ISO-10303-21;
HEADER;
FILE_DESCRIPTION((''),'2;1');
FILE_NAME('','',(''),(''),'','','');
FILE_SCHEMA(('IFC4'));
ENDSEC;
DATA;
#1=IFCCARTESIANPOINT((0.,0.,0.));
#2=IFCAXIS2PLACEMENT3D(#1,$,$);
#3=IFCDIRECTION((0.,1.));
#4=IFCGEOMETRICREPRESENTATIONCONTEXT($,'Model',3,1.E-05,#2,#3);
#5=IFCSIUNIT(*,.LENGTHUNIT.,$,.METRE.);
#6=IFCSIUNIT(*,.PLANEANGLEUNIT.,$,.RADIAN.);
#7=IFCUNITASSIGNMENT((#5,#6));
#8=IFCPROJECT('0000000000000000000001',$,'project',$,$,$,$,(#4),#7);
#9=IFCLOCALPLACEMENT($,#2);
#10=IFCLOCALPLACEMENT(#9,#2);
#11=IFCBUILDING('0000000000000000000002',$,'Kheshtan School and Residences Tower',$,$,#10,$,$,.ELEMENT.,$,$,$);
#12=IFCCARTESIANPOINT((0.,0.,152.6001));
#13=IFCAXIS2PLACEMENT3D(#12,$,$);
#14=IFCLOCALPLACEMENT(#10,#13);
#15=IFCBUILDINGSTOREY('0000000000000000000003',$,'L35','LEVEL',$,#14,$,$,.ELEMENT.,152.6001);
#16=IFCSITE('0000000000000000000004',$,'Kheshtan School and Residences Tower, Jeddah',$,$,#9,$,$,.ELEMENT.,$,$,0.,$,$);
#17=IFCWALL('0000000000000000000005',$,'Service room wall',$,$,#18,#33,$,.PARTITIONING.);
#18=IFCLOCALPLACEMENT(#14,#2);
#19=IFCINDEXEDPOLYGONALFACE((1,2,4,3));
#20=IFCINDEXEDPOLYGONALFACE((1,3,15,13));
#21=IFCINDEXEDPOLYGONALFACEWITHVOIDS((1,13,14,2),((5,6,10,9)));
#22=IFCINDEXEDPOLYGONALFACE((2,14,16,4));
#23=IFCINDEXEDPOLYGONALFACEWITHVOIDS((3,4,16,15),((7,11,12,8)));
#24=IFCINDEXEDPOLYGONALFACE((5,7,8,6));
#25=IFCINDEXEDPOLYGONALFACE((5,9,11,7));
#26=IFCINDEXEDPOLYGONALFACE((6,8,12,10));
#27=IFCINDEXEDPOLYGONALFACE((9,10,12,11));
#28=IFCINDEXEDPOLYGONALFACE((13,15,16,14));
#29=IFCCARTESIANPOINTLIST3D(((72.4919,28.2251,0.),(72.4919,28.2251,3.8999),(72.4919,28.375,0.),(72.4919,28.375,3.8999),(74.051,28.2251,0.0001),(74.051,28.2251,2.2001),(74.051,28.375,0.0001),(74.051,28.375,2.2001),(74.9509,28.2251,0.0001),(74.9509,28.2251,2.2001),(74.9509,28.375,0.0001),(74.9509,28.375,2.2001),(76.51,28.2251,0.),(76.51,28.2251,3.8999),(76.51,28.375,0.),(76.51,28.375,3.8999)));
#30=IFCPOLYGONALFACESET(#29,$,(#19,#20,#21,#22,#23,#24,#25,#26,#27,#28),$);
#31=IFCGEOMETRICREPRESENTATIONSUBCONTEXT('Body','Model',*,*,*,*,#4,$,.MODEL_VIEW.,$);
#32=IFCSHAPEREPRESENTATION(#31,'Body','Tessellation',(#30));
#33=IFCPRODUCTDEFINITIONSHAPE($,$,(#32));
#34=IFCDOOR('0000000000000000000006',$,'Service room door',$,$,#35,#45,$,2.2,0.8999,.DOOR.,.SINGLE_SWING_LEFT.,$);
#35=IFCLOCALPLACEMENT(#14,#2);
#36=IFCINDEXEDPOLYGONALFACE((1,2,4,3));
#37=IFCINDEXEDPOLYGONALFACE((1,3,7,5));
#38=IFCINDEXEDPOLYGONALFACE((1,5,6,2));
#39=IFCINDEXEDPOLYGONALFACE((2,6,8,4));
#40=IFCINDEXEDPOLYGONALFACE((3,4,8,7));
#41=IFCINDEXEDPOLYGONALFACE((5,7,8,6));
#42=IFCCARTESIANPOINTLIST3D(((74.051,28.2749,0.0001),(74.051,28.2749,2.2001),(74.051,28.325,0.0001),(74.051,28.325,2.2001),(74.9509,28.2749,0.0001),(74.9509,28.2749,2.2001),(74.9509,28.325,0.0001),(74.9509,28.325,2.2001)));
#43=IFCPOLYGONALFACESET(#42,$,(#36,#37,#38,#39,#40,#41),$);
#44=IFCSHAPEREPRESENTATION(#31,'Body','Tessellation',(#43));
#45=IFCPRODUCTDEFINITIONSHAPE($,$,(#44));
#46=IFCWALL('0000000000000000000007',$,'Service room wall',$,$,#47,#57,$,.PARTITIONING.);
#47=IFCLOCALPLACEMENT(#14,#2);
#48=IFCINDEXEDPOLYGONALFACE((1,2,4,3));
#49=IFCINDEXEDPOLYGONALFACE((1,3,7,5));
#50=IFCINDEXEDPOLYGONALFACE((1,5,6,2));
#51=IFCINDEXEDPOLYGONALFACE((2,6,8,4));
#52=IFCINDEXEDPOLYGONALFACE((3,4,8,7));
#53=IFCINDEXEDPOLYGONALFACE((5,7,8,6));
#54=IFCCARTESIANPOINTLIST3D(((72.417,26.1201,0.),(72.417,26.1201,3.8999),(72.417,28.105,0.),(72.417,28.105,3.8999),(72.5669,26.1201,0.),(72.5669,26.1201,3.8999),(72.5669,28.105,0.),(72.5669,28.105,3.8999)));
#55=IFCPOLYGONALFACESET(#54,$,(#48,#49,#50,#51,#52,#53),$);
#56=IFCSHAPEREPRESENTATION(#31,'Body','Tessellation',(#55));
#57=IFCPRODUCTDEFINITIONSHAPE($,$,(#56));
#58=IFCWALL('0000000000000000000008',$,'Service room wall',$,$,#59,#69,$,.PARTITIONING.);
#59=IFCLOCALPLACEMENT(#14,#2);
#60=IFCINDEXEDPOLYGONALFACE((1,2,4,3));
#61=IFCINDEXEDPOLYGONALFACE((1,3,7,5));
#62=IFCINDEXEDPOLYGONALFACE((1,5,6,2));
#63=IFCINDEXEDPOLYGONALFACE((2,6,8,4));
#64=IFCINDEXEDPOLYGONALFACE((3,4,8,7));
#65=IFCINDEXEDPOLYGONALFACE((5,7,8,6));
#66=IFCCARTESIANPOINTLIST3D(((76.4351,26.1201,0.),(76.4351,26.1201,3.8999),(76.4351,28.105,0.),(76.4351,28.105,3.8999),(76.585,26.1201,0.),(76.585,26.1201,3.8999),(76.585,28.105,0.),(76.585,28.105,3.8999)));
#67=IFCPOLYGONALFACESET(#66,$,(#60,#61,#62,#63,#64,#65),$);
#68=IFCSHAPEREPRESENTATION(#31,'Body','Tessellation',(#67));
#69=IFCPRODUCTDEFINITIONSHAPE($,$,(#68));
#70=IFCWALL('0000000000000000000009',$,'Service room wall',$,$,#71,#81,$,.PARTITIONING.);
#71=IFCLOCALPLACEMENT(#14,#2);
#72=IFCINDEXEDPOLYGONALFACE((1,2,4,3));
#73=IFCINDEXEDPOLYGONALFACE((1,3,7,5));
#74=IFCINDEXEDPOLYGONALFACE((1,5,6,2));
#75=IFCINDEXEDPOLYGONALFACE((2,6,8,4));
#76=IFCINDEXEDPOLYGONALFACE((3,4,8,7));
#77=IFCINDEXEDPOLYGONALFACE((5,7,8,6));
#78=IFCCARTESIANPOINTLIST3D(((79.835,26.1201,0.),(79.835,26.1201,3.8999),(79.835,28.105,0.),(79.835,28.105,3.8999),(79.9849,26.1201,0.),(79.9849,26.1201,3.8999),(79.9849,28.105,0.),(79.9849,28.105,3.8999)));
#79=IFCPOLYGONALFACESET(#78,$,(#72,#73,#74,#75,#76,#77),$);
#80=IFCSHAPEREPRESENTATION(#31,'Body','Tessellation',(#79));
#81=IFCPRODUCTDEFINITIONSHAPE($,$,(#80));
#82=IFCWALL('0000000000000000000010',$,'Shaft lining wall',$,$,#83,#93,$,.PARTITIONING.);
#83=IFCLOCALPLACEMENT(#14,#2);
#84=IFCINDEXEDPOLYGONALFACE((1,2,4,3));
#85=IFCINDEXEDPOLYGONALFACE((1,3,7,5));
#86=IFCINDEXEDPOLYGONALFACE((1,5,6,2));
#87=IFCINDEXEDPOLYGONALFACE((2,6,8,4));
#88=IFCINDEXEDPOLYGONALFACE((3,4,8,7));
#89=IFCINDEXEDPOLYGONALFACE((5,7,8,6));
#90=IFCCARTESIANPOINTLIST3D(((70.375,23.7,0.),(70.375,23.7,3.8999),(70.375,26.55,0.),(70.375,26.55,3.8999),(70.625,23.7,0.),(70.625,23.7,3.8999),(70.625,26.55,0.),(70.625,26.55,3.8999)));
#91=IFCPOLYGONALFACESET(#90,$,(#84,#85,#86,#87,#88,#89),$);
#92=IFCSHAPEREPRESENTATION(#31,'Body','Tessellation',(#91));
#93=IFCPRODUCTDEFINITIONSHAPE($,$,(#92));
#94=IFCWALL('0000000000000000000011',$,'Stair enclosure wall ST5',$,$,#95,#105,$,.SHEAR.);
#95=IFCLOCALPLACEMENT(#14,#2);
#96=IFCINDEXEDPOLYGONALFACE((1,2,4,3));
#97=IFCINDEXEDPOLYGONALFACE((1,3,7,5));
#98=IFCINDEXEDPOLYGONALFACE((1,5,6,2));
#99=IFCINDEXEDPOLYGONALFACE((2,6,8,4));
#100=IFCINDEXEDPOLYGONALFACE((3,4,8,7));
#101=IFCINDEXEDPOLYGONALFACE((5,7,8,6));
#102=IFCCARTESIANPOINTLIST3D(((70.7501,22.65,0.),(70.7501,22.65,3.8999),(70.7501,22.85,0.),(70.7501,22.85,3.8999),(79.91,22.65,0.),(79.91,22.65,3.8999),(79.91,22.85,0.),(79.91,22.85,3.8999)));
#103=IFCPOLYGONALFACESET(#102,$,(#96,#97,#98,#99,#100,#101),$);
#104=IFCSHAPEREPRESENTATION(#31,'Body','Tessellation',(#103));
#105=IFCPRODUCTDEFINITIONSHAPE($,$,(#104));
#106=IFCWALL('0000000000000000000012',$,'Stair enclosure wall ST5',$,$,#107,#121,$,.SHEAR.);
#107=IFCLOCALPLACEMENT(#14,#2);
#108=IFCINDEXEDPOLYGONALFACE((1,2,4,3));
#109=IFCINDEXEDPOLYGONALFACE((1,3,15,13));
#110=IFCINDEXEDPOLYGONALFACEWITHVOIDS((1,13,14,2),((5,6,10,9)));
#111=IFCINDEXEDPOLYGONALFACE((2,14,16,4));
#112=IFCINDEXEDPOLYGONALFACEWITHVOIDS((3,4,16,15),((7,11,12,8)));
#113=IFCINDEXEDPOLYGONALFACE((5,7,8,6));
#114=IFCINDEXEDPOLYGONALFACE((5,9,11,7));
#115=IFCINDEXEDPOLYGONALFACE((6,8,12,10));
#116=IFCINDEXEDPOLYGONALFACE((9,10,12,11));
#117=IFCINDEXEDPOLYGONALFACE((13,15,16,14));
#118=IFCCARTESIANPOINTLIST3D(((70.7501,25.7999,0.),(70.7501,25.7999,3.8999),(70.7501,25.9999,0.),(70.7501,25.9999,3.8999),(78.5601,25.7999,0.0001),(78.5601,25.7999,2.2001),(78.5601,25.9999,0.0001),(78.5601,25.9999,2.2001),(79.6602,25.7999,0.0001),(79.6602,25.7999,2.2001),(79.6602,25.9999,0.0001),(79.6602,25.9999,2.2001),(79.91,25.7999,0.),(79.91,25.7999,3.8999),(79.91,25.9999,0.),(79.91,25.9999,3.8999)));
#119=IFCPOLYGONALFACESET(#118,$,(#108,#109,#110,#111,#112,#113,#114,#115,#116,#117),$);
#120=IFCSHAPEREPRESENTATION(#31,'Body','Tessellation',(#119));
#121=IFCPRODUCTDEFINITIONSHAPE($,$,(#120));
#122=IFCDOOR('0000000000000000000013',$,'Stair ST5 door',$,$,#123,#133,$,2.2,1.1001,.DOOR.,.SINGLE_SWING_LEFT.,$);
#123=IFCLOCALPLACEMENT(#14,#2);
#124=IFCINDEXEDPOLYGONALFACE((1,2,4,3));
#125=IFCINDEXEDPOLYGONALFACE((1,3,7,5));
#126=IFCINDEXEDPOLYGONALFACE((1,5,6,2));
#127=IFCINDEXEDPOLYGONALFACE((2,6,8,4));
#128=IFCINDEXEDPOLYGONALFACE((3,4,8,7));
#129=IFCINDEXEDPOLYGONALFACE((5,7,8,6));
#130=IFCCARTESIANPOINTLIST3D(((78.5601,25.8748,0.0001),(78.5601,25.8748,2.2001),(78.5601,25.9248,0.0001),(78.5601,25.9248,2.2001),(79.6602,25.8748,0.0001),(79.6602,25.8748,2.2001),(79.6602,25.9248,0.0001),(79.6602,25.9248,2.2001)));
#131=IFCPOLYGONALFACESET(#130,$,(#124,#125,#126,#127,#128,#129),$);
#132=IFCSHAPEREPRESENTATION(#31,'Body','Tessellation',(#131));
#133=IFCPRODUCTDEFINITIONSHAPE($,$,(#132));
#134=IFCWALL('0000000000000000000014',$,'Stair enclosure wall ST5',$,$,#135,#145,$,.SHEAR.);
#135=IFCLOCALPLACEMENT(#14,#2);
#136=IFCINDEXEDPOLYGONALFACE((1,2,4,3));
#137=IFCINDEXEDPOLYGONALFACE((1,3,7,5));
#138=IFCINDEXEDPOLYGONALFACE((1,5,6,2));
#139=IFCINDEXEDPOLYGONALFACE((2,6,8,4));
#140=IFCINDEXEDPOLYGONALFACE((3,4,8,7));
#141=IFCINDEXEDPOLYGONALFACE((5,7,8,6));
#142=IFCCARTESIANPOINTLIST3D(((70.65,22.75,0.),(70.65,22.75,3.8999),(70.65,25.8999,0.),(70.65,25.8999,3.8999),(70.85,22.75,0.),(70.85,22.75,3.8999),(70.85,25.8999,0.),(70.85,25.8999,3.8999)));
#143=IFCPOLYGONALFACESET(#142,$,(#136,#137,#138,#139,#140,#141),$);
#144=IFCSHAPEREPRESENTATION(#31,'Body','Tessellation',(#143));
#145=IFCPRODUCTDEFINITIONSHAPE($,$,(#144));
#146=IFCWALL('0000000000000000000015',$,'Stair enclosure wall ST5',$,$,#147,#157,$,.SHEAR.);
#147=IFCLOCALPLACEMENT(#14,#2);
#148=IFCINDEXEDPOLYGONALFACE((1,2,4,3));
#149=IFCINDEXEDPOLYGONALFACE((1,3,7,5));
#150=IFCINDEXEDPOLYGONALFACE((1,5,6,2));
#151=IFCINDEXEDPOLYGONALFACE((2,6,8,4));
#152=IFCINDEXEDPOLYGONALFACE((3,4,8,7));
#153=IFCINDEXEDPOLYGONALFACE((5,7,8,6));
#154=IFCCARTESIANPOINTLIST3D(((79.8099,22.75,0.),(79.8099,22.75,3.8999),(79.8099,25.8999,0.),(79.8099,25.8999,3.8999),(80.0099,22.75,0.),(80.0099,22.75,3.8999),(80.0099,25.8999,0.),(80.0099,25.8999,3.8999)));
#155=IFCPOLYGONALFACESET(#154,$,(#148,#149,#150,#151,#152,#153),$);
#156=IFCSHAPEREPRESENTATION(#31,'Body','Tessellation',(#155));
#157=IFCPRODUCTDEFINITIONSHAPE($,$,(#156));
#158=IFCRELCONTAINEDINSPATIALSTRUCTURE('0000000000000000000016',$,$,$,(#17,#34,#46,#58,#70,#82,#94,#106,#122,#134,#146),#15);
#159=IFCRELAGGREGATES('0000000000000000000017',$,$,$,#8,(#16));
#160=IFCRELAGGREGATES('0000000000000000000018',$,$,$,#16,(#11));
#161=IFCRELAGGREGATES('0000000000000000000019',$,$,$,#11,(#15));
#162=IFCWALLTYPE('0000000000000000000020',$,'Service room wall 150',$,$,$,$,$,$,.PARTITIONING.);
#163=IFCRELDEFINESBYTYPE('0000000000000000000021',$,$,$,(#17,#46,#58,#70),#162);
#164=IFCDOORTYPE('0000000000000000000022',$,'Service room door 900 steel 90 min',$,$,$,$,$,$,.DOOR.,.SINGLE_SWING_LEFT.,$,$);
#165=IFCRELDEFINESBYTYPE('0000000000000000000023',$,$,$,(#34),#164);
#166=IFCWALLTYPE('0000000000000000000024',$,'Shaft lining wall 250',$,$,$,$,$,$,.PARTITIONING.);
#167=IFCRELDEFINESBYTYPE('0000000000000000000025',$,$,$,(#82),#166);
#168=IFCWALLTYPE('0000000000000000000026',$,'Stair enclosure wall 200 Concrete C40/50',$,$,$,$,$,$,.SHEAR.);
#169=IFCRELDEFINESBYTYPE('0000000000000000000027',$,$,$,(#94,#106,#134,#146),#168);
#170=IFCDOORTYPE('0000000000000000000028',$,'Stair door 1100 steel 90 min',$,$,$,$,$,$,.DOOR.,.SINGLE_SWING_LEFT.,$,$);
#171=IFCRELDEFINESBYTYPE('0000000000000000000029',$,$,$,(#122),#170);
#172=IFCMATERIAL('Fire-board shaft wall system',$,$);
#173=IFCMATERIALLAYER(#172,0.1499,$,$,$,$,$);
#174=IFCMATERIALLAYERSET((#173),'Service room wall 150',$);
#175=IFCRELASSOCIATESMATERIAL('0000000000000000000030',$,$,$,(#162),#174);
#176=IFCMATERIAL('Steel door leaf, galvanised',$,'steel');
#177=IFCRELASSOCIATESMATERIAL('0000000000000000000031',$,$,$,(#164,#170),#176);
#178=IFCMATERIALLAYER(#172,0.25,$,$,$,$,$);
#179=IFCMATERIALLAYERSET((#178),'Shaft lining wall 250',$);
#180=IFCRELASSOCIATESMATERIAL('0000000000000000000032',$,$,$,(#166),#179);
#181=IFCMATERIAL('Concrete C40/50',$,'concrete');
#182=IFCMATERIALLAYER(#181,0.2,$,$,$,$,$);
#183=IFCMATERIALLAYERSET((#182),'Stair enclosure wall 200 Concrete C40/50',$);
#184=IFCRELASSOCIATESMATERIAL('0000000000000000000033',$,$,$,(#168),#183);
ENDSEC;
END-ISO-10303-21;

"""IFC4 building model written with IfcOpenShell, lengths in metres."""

from ifc_helpers import new_model, si_unit, direction, frame, frame_2d, origin, place, context, subcontext, project, spatial, rectangle, extrude, source, transform, mapped, material, layer, layer_set, type_object, element, fill, save


model = new_model("IFC4")

# Units and contexts
model_context = context("Model", 3, precision=1e-05, world=origin(), true_north=direction((0.0, 1.0)))
body_context = subcontext(model_context, "Body", "Model", "MODEL_VIEW")
ifc_project = project(units=[si_unit("LENGTHUNIT", "METRE"), si_unit("PLANEANGLEUNIT", "RADIAN")], contexts=[model_context])

# Site, building, storey
site_placement = place(None, origin())
site = spatial("IfcSite", under=ifc_project, at=site_placement, Name="Kheshtan School and Residences Tower, Jeddah", CompositionType="ELEMENT", RefElevation=0.0)
building_placement = place(site_placement, origin())
building = spatial("IfcBuilding", under=site, at=building_placement, Name="Kheshtan School and Residences Tower", CompositionType="ELEMENT")
storey_placement = place(building_placement, frame((0.0, 0.0, 152.6001)))
storey = spatial("IfcBuildingStorey", under=building, at=storey_placement, Name="L35", Description="LEVEL", CompositionType="ELEMENT", Elevation=152.6001)

# Wall, opening, door
ifc_material_1 = material(Name="Fire-board shaft wall system")
ifc_layer_1 = layer(ifc_material_1, 0.1499)
ifc_layer_set_1 = layer_set([ifc_layer_1], Name="Service room wall 150")
wall_type_1 = type_object("IfcWallType", Name="Service room wall 150", PredefinedType="PARTITIONING", material=ifc_layer_set_1)
wall_1_placement = place(storey_placement, frame((72.4919, 28.3, 0.0), z_axis=(0.0, 0.0, 1.0), x_axis=(1.0, 0.0, 0.0)))
wall_1 = element("IfcWall", 1, at=wall_1_placement, inside=storey, type_object=wall_type_1, Name="Service room wall", PredefinedType="PARTITIONING", context=body_context, shape_type="SweptSolid", body=[
    extrude(rectangle(XDim=4.0181, YDim=0.1499, at=frame_2d((2.009, 0.0))), origin(), (0.0, 0.0, 1.0), 3.8999),
])
opening_1_placement = place(wall_1_placement, frame((1.5591, 0.0, 0.0)))
opening_1 = element("IfcOpeningElement", 2, at=opening_1_placement, cuts=wall_1, PredefinedType="OPENING", context=body_context, shape_type="SweptSolid", body=[
    extrude(rectangle(XDim=0.8999, YDim=2.2, at=frame_2d((0.45, 1.1001))), frame((0.0, 0.085, 0.0), z_axis=(0.0, -1.0, 0.0), x_axis=(1.0, 0.0, 0.0)), (0.0, 0.0, 1.0), 0.1699),
])
ifc_material_2 = material(Name="Steel door leaf, galvanised", Category="steel")
door_type_1 = type_object("IfcDoorType", Name="Service room door 900 steel 90 min", OperationType="SINGLE_SWING_LEFT", PredefinedType="DOOR", material=ifc_material_2)
shared_shape_1 = source(origin(), body_context, "Body", "SweptSolid", [
    extrude(rectangle(XDim=0.8999, YDim=2.2, at=frame_2d((0.45, 1.1001))), frame((0.0, 0.0249, 0.0), z_axis=(0.0, -1.0, 0.0), x_axis=(1.0, 0.0, 0.0)), (0.0, 0.0, 1.0), 0.05),
])
door_1_placement = place(opening_1_placement, origin())
door_1 = element("IfcDoor", 3, at=door_1_placement, inside=storey, type_object=door_type_1, Name="Service room door", OperationType="SINGLE_SWING_LEFT", OverallHeight=2.2, OverallWidth=0.8999, PredefinedType="DOOR", context=body_context, shape_type="MappedRepresentation", body=[
    mapped(shared_shape_1, transform((0.0, 0.0, 0.0), x_axis=(1.0, 0.0, 0.0), y_axis=(0.0, 1.0, 0.0), z_axis=(0.0, 0.0, 1.0), scale=1.0)),
])
fill(opening_1, door_1)

# Walls
for number, where, z_axis, x_axis, name in (
    (4, (72.4919, 26.1201, 0.0), (0.0, 0.0, 1.0), (0.0, 1.0, 0.0), "Service room wall"),
    (5, (76.51, 26.1201, 0.0), (0.0, 0.0, 1.0), (0.0, 1.0, 0.0), "Service room wall"),
    (6, (79.9099, 26.1201, 0.0), (0.0, 0.0, 1.0), (0.0, 1.0, 0.0), "Service room wall"),
):
    element("IfcWall", number, at=place(storey_placement, frame(where, z_axis=z_axis, x_axis=x_axis)), inside=storey, type_object=wall_type_1, Name=name, PredefinedType="PARTITIONING", context=body_context, shape_type="SweptSolid", body=[
        extrude(rectangle(XDim=1.9849, YDim=0.1499, at=frame_2d((0.9924, 0.0))), origin(), (0.0, 0.0, 1.0), 3.8999),
    ])
ifc_layer_2 = layer(ifc_material_1, 0.25)
ifc_layer_set_2 = layer_set([ifc_layer_2], Name="Shaft lining wall 250")
wall_type_2 = type_object("IfcWallType", Name="Shaft lining wall 250", PredefinedType="PARTITIONING", material=ifc_layer_set_2)
wall_2_placement = place(storey_placement, frame((70.5, 23.7, 0.0), z_axis=(0.0, 0.0, 1.0), x_axis=(0.0, 1.0, 0.0)))
element("IfcWall", 7, at=wall_2_placement, inside=storey, type_object=wall_type_2, Name="Shaft lining wall", PredefinedType="PARTITIONING", context=body_context, shape_type="SweptSolid", body=[
    extrude(rectangle(XDim=2.8501, YDim=0.25, at=frame_2d((1.425, 0.0))), origin(), (0.0, 0.0, 1.0), 3.8999),
])
ifc_material_3 = material(Name="Concrete C40/50", Category="concrete")
ifc_layer_3 = layer(ifc_material_3, 0.2)
ifc_layer_set_3 = layer_set([ifc_layer_3], Name="Stair enclosure wall 200 Concrete C40/50")
wall_type_3 = type_object("IfcWallType", Name="Stair enclosure wall 200 Concrete C40/50", PredefinedType="SHEAR", material=ifc_layer_set_3)
wall_3_placement = place(storey_placement, frame((70.75, 22.75, 0.0), z_axis=(0.0, 0.0, 1.0), x_axis=(1.0, 0.0, 0.0)))
element("IfcWall", 8, at=wall_3_placement, inside=storey, type_object=wall_type_3, Name="Stair enclosure wall ST5", PredefinedType="SHEAR", context=body_context, shape_type="SweptSolid", body=[
    extrude(rectangle(XDim=9.1599, YDim=0.2, at=frame_2d((4.5801, 0.0))), origin(), (0.0, 0.0, 1.0), 3.8999),
])

# Wall, opening, door
wall_4_placement = place(storey_placement, frame((70.75, 25.8999, 0.0), z_axis=(0.0, 0.0, 1.0), x_axis=(1.0, 0.0, 0.0)))
wall_4 = element("IfcWall", 9, at=wall_4_placement, inside=storey, type_object=wall_type_3, Name="Stair enclosure wall ST5", PredefinedType="SHEAR", context=body_context, shape_type="SweptSolid", body=[
    extrude(rectangle(XDim=9.1599, YDim=0.2, at=frame_2d((4.5801, 0.0))), origin(), (0.0, 0.0, 1.0), 3.8999),
])
opening_2_placement = place(wall_4_placement, frame((7.8101, 0.0, 0.0)))
opening_2 = element("IfcOpeningElement", 10, at=opening_2_placement, cuts=wall_4, PredefinedType="OPENING", context=body_context, shape_type="SweptSolid", body=[
    extrude(rectangle(XDim=1.1001, YDim=2.2, at=frame_2d((0.55, 1.1001))), frame((0.0, 0.1099, 0.0), z_axis=(0.0, -1.0, 0.0), x_axis=(1.0, 0.0, 0.0)), (0.0, 0.0, 1.0), 0.22),
])
door_type_2 = type_object("IfcDoorType", Name="Stair door 1100 steel 90 min", OperationType="SINGLE_SWING_LEFT", PredefinedType="DOOR", material=ifc_material_2)
shared_shape_2 = source(origin(), body_context, "Body", "SweptSolid", [
    extrude(rectangle(XDim=1.1001, YDim=2.2, at=frame_2d((0.55, 1.1001))), frame((0.0, 0.0249, 0.0), z_axis=(0.0, -1.0, 0.0), x_axis=(1.0, 0.0, 0.0)), (0.0, 0.0, 1.0), 0.05),
])
door_2_placement = place(opening_2_placement, origin())
door_2 = element("IfcDoor", 11, at=door_2_placement, inside=storey, type_object=door_type_2, Name="Stair ST5 door", OperationType="SINGLE_SWING_LEFT", OverallHeight=2.2, OverallWidth=1.1001, PredefinedType="DOOR", context=body_context, shape_type="MappedRepresentation", body=[
    mapped(shared_shape_2, transform((0.0, 0.0, 0.0), x_axis=(1.0, 0.0, 0.0), y_axis=(0.0, 1.0, 0.0), z_axis=(0.0, 0.0, 1.0), scale=1.0)),
])
fill(opening_2, door_2)

# Walls
for number, where, z_axis, x_axis, name in (
    (12, (70.75, 22.75, 0.0), (0.0, 0.0, 1.0), (0.0, 1.0, 0.0), "Stair enclosure wall ST5"),
    (13, (79.9099, 22.75, 0.0), (0.0, 0.0, 1.0), (0.0, 1.0, 0.0), "Stair enclosure wall ST5"),
):
    element("IfcWall", number, at=place(storey_placement, frame(where, z_axis=z_axis, x_axis=x_axis)), inside=storey, type_object=wall_type_3, Name=name, PredefinedType="SHEAR", context=body_context, shape_type="SweptSolid", body=[
        extrude(rectangle(XDim=3.1499, YDim=0.2, at=frame_2d((1.575, 0.0))), origin(), (0.0, 0.0, 1.0), 3.8999),
    ])

save(model, "model.ifc")
